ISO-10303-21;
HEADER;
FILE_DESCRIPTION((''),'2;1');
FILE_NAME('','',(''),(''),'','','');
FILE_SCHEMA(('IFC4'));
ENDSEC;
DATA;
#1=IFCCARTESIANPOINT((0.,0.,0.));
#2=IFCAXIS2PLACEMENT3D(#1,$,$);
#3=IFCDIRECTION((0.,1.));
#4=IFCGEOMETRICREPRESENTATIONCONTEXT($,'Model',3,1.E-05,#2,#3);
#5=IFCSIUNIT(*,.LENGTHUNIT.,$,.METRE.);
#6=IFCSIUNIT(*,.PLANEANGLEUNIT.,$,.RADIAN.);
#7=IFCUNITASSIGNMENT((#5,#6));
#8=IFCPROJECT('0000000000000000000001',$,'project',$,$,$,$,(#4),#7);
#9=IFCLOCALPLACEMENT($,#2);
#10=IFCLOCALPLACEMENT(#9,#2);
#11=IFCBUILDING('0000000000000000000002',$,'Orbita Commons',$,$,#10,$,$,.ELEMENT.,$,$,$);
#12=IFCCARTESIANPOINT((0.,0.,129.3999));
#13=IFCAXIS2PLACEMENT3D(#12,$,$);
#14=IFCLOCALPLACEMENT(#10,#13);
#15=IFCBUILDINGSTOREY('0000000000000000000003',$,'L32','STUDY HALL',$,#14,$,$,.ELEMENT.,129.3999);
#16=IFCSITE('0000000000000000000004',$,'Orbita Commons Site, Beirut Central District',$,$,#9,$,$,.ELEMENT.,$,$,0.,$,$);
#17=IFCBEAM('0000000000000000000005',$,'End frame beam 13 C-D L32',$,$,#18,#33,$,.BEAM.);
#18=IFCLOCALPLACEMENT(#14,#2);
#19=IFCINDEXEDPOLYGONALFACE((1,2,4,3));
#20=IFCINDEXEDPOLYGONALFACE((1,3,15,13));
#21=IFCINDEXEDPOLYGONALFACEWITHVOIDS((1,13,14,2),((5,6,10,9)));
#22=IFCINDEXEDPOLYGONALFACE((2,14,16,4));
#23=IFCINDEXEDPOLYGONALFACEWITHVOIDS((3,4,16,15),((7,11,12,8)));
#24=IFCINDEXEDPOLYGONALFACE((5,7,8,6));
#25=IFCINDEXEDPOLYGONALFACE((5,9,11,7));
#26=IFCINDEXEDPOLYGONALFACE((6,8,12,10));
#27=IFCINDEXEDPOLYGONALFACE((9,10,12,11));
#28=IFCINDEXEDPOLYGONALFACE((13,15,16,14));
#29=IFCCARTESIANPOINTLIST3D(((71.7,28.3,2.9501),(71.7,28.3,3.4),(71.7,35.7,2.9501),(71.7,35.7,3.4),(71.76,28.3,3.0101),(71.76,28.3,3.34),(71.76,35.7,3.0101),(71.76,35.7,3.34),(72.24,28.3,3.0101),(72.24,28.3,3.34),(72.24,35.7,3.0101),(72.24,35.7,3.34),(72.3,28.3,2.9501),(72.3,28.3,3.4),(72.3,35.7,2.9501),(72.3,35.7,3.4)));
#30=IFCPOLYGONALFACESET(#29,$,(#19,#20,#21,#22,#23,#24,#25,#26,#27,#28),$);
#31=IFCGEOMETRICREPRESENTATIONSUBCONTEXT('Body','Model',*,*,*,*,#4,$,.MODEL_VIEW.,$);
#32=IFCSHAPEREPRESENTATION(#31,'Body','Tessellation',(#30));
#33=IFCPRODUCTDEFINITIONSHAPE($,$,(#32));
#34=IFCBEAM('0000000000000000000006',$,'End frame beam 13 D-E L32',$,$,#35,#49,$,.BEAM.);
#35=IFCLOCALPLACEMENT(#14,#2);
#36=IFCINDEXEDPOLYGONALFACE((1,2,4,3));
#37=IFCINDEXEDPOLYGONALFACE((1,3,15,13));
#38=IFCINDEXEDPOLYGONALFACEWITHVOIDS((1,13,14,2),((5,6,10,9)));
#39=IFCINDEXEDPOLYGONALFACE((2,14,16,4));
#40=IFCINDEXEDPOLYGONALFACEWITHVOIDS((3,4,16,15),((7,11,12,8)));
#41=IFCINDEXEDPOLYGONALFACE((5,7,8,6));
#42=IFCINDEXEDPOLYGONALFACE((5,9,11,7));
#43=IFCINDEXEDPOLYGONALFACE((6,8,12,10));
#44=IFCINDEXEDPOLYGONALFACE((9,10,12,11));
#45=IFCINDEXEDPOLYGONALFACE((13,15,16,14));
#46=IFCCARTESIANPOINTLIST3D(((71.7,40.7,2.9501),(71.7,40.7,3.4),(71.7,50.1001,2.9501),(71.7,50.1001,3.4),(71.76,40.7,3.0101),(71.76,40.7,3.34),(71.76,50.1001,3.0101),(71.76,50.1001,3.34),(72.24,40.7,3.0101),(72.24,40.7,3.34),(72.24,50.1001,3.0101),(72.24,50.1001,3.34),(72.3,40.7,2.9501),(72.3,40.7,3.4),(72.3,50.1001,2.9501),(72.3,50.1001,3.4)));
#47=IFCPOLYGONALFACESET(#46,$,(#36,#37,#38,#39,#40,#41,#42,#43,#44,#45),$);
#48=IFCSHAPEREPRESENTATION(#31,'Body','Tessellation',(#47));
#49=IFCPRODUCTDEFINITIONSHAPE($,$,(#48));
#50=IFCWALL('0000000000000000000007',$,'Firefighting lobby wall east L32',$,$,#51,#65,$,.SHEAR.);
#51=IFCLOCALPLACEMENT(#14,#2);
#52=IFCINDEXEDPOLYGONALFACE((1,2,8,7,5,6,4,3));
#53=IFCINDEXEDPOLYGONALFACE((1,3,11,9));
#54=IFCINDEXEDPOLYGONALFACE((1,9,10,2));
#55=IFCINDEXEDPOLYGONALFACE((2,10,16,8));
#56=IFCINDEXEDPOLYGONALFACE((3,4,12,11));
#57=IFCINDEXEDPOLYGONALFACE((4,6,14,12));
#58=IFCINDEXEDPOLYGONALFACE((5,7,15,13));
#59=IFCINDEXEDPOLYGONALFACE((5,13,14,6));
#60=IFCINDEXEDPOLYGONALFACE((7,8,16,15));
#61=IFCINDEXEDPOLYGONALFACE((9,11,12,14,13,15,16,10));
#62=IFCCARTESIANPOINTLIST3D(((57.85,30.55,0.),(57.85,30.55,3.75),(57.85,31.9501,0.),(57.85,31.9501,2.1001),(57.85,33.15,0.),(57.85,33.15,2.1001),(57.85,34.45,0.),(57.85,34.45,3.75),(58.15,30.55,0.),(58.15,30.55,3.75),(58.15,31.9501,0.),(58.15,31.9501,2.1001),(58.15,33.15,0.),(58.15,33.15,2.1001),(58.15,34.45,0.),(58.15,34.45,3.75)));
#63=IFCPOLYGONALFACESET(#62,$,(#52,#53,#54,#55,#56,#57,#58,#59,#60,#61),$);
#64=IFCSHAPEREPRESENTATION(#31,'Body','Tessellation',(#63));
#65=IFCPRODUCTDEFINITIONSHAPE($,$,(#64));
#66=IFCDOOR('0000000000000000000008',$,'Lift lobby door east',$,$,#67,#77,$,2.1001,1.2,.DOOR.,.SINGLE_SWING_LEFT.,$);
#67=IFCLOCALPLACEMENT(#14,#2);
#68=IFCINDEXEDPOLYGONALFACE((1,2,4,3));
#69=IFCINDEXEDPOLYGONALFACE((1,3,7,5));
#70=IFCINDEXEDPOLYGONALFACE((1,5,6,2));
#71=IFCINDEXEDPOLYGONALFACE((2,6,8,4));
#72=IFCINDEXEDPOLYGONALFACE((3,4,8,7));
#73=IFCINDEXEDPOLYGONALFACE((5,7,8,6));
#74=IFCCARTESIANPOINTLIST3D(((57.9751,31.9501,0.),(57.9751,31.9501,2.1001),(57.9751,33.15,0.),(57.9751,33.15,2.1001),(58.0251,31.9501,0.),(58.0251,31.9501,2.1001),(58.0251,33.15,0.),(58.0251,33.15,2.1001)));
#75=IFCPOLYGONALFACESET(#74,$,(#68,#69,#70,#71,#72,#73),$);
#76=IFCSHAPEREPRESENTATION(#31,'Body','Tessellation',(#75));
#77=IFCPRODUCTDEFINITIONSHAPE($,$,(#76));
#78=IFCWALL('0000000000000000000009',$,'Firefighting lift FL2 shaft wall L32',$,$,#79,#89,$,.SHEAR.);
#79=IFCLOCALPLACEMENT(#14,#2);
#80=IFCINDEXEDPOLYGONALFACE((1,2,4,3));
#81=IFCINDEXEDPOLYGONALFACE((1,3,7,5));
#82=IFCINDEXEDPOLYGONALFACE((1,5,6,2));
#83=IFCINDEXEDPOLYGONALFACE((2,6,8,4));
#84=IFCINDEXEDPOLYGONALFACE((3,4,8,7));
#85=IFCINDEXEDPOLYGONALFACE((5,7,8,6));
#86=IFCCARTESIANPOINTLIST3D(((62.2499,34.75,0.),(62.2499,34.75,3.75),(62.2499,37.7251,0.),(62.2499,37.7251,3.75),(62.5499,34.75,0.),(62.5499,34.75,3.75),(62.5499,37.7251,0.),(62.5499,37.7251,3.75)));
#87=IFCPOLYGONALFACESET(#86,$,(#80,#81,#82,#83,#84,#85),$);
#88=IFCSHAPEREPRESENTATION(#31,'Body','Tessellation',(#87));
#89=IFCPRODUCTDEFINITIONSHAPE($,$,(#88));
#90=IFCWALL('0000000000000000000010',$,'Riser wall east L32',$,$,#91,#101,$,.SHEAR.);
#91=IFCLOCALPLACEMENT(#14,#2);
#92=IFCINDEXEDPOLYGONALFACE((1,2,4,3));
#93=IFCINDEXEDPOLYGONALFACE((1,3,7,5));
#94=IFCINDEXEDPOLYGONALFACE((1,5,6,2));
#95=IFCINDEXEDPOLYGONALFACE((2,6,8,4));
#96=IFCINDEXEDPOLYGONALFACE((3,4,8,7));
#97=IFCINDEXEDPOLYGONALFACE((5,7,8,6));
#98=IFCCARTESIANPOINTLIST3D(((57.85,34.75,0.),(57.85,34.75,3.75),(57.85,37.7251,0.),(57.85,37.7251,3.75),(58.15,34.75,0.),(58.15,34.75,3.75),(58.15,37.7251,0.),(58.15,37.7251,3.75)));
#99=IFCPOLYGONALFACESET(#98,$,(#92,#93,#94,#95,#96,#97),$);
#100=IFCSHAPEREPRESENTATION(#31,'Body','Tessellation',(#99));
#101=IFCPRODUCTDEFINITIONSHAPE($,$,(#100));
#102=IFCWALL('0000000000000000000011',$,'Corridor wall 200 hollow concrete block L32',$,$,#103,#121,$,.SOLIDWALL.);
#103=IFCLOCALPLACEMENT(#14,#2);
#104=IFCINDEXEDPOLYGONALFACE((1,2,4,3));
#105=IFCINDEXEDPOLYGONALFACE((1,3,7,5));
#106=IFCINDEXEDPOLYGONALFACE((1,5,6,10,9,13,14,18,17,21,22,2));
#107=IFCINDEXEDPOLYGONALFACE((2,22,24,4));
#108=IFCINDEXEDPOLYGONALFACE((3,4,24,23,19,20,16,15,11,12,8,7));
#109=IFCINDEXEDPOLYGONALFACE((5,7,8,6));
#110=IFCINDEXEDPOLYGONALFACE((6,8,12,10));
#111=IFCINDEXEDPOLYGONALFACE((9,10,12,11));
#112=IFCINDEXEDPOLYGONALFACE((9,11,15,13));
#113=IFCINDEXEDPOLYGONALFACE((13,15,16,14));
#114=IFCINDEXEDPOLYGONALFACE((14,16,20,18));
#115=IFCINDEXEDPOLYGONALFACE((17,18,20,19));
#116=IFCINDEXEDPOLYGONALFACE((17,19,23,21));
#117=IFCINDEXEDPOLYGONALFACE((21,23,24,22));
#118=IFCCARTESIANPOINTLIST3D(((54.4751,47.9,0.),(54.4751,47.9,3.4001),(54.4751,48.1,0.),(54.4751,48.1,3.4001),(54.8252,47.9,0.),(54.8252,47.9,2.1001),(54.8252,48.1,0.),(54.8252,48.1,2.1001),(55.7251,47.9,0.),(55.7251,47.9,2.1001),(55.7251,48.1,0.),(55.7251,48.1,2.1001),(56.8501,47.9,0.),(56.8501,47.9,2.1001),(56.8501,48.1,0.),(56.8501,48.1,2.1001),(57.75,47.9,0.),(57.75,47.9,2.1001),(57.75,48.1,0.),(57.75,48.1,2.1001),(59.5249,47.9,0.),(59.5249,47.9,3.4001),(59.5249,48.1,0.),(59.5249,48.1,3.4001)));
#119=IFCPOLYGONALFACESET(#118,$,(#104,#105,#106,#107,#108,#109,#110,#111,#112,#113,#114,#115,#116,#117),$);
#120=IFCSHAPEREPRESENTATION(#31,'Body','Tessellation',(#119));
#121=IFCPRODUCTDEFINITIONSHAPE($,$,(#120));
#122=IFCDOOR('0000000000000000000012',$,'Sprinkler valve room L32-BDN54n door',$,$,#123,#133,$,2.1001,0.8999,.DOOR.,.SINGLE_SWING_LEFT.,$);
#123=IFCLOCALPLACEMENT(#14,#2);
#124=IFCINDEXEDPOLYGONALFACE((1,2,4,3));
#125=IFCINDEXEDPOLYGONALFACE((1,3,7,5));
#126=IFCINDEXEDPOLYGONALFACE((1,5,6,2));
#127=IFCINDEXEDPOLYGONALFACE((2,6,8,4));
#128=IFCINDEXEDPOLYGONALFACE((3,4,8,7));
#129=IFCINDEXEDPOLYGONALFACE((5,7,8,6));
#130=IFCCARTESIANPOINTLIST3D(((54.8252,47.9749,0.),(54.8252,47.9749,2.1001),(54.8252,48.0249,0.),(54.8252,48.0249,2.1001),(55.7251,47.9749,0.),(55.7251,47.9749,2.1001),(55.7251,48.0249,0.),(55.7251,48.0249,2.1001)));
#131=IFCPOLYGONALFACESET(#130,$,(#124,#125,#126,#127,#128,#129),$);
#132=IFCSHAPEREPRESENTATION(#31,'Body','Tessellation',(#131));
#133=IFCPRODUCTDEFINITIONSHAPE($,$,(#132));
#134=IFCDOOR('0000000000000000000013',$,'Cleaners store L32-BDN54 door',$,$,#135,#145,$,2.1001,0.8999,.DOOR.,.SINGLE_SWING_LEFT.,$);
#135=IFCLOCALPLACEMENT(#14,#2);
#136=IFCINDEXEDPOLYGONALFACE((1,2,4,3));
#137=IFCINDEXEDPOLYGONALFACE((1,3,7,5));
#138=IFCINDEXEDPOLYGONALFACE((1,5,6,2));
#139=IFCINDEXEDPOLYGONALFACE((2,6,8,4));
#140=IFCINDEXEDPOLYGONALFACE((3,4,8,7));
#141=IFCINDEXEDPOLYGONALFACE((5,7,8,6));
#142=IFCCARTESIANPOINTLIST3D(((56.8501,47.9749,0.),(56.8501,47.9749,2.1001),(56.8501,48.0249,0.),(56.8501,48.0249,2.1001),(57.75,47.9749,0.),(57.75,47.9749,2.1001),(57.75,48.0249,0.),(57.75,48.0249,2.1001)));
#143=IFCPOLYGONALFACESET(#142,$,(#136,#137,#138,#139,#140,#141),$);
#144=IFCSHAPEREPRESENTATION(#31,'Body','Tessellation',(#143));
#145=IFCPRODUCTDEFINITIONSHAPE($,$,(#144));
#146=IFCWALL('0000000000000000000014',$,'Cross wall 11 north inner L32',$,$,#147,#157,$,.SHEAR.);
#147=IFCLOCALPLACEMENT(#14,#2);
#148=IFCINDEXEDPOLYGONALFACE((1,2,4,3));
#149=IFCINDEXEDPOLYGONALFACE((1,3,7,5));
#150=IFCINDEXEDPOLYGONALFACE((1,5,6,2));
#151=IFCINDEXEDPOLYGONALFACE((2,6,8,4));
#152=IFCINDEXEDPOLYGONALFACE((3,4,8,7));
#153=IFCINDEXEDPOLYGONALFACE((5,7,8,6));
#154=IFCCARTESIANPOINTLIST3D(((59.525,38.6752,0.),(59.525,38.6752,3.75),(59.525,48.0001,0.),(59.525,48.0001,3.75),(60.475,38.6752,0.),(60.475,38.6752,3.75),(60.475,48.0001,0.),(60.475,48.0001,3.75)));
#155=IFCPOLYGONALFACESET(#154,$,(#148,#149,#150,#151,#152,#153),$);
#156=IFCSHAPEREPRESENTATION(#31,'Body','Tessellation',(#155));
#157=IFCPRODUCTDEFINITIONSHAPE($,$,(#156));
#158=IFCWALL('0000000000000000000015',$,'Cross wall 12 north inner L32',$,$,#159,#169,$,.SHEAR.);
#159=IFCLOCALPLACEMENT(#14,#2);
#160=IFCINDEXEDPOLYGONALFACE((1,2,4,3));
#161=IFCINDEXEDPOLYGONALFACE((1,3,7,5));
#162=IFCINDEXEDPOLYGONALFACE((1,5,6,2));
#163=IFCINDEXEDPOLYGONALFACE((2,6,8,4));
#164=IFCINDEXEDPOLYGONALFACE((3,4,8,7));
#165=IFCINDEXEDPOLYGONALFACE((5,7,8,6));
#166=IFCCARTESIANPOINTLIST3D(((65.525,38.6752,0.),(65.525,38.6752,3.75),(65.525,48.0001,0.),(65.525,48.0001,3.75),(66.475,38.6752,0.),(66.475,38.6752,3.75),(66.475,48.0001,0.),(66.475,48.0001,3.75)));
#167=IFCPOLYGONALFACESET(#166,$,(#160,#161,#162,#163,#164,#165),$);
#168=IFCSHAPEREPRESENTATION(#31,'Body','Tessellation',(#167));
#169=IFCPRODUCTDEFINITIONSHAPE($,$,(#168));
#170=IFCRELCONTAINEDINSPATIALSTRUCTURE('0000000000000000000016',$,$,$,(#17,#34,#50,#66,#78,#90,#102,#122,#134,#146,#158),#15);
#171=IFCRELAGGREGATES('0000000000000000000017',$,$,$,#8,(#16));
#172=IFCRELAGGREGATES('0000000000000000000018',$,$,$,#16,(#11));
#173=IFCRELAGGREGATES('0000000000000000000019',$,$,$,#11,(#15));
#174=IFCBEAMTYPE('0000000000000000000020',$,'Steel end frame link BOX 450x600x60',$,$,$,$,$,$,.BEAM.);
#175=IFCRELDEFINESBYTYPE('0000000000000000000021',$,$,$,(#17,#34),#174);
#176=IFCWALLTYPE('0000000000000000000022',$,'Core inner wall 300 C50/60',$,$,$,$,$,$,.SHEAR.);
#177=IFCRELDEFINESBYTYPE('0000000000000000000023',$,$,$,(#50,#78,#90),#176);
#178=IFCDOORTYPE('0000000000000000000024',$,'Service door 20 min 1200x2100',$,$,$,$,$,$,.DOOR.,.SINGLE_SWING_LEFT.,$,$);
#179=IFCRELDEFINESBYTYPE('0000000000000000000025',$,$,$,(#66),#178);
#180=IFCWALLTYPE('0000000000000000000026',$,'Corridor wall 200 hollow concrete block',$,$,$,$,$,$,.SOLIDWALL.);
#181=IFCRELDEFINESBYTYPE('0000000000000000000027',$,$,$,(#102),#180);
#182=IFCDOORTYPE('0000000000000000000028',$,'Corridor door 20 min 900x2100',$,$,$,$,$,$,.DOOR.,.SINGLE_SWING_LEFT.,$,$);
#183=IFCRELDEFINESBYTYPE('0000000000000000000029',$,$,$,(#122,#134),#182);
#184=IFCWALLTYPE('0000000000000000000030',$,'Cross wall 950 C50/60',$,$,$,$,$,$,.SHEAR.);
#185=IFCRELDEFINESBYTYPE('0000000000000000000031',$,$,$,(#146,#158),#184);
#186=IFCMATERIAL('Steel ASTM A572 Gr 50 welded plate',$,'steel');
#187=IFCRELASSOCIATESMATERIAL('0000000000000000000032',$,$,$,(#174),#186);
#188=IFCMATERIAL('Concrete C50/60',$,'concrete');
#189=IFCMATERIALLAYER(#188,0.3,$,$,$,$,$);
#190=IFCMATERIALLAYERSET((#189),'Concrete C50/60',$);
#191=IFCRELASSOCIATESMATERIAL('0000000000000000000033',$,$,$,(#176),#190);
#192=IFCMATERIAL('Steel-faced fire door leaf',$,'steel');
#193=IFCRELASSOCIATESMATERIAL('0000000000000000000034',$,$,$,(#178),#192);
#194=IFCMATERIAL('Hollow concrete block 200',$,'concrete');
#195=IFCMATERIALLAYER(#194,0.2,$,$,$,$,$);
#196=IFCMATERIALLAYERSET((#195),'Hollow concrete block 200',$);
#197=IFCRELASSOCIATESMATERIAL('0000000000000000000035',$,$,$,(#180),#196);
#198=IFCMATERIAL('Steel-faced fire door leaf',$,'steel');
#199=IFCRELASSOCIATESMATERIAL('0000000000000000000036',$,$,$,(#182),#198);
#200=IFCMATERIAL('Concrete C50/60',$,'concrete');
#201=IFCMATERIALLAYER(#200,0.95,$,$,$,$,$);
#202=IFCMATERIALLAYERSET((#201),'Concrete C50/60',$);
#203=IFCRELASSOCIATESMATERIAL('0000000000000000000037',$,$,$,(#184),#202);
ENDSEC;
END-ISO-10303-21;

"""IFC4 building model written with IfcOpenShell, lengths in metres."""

from ifc_helpers import new_model, si_unit, direction, frame, frame_2d, origin, origin_2d, place, context, subcontext, project, spatial, rectangle, hollow_rectangle, extrude, material, layer, layer_set, material_profile, profile_set, type_object, element, fill, save


model = new_model("IFC4")

# Units and contexts
model_context = context("Model", 3, precision=1e-05, world=origin(), true_north=direction((0.0, 1.0)))
body_context = subcontext(model_context, "Body", "Model", "MODEL_VIEW")
ifc_project = project(units=[si_unit("LENGTHUNIT", "METRE"), si_unit("PLANEANGLEUNIT", "RADIAN")], contexts=[model_context])

# Site, building, storey
site_placement = place(None, origin())
site = spatial("IfcSite", under=ifc_project, at=site_placement, Name="Orbita Commons Site, Beirut Central District", CompositionType="ELEMENT", RefElevation=0.0)
building_placement = place(site_placement, origin())
building = spatial("IfcBuilding", under=site, at=building_placement, Name="Orbita Commons", CompositionType="ELEMENT")
storey_placement = place(building_placement, frame((0.0, 0.0, 129.3999)))
storey = spatial("IfcBuildingStorey", under=building, at=storey_placement, Name="L32", Description="STUDY HALL", CompositionType="ELEMENT", Elevation=129.3999)

# Beams
ifc_material_1 = material(Name="Steel ASTM A572 Gr 50 welded plate", Category="steel")
ifc_material_profile = material_profile(ifc_material_1, hollow_rectangle(XDim=0.6001, YDim=0.45, WallThickness=0.0601, at=origin_2d()), Name="BOX 450x600x60")
ifc_profile_set = profile_set([ifc_material_profile], Name="Steel ASTM A572 Gr 50 welded plate")
beam_type = type_object("IfcBeamType", Name="Steel end frame link BOX 450x600x60", PredefinedType="BEAM", material=ifc_profile_set)
beam_1_placement = place(storey_placement, frame((72.0, 28.3, 3.175), z_axis=(0.0, 1.0, 0.0), x_axis=(-1.0, 0.0, 0.0)))
element("IfcBeam", 1, at=beam_1_placement, inside=storey, type_object=beam_type, Name="End frame beam 13 C-D L32", PredefinedType="BEAM", context=body_context, shape_type="SweptSolid", body=[
    extrude(hollow_rectangle(XDim=0.6001, YDim=0.45, WallThickness=0.0601, at=origin_2d()), origin(), (0.0, 0.0, 1.0), 7.3999),
])
beam_2_placement = place(storey_placement, frame((72.0, 40.7, 3.175), z_axis=(0.0, 1.0, 0.0), x_axis=(-1.0, 0.0, 0.0)))
element("IfcBeam", 2, at=beam_2_placement, inside=storey, type_object=beam_type, Name="End frame beam 13 D-E L32", PredefinedType="BEAM", context=body_context, shape_type="SweptSolid", body=[
    extrude(hollow_rectangle(XDim=0.6001, YDim=0.45, WallThickness=0.0601, at=origin_2d()), origin(), (0.0, 0.0, 1.0), 9.4001),
])

# Wall, opening, door
ifc_material_2 = material(Name="Concrete C50/60", Category="concrete")
ifc_layer_1 = layer(ifc_material_2, 0.3)
ifc_layer_set_1 = layer_set([ifc_layer_1], Name="Concrete C50/60")
wall_type_1 = type_object("IfcWallType", Name="Core inner wall 300 C50/60", PredefinedType="SHEAR", material=ifc_layer_set_1)
wall_1_placement = place(storey_placement, frame((58.0, 30.55, 0.0), z_axis=(0.0, 0.0, 1.0), x_axis=(0.0, 1.0, 0.0)))
wall_1 = element("IfcWall", 3, at=wall_1_placement, inside=storey, type_object=wall_type_1, Name="Firefighting lobby wall east L32", PredefinedType="SHEAR", context=body_context, shape_type="SweptSolid", body=[
    extrude(rectangle(XDim=3.8999, YDim=0.3, at=frame_2d((1.95, 0.0))), origin(), (0.0, 0.0, 1.0), 3.75),
])
opening_1_placement = place(wall_1_placement, frame((1.3999, 0.0, 0.0)))
opening_1 = element("IfcOpeningElement", 4, at=opening_1_placement, cuts=wall_1, PredefinedType="OPENING", context=body_context, shape_type="SweptSolid", body=[
    extrude(rectangle(XDim=1.2, YDim=2.1001, at=frame_2d((0.6001, 1.05))), frame((0.0, 0.1599, 0.0), z_axis=(0.0, -1.0, 0.0), x_axis=(1.0, 0.0, 0.0)), (0.0, 0.0, 1.0), 0.3201),
])
ifc_material_3 = material(Name="Steel-faced fire door leaf", Category="steel")
door_type_1 = type_object("IfcDoorType", Name="Service door 20 min 1200x2100", OperationType="SINGLE_SWING_LEFT", PredefinedType="DOOR", material=ifc_material_3)
door_1_placement = place(opening_1_placement, origin())
door_1 = element("IfcDoor", 5, at=door_1_placement, inside=storey, type_object=door_type_1, Name="Lift lobby door east", OperationType="SINGLE_SWING_LEFT", OverallHeight=2.1001, OverallWidth=1.2, PredefinedType="DOOR", context=body_context, shape_type="SweptSolid", body=[
    extrude(rectangle(XDim=1.2, YDim=2.1001, at=frame_2d((0.6001, 1.05))), frame((0.0, 0.0249, 0.0), z_axis=(0.0, -1.0, 0.0), x_axis=(1.0, 0.0, 0.0)), (0.0, 0.0, 1.0), 0.05),
])
fill(opening_1, door_1)

# Walls
for number, where, z_axis, x_axis, name in (
    (6, (62.3999, 34.75, 0.0), (0.0, 0.0, 1.0), (0.0, 1.0, 0.0), "Firefighting lift FL2 shaft wall L32"),
    (7, (58.0, 34.75, 0.0), (0.0, 0.0, 1.0), (0.0, 1.0, 0.0), "Riser wall east L32"),
):
    element("IfcWall", number, at=place(storey_placement, frame(where, z_axis=z_axis, x_axis=x_axis)), inside=storey, type_object=wall_type_1, Name=name, PredefinedType="SHEAR", context=body_context, shape_type="SweptSolid", body=[
        extrude(rectangle(XDim=2.9751, YDim=0.3, at=frame_2d((1.4875, 0.0))), origin(), (0.0, 0.0, 1.0), 3.75),
    ])

# Wall, openings, doors
ifc_material_4 = material(Name="Hollow concrete block 200", Category="concrete")
ifc_layer_2 = layer(ifc_material_4, 0.2)
ifc_layer_set_2 = layer_set([ifc_layer_2], Name="Hollow concrete block 200")
wall_type_2 = type_object("IfcWallType", Name="Corridor wall 200 hollow concrete block", PredefinedType="SOLIDWALL", material=ifc_layer_set_2)
wall_2_placement = place(storey_placement, frame((54.4751, 48.0, 0.0), z_axis=(0.0, 0.0, 1.0), x_axis=(1.0, 0.0, 0.0)))
wall_2 = element("IfcWall", 8, at=wall_2_placement, inside=storey, type_object=wall_type_2, Name="Corridor wall 200 hollow concrete block L32", PredefinedType="SOLIDWALL", context=body_context, shape_type="SweptSolid", body=[
    extrude(rectangle(XDim=5.0498, YDim=0.2, at=frame_2d((2.5249, 0.0))), origin(), (0.0, 0.0, 1.0), 3.4001),
])
opening_2_placement = place(wall_2_placement, frame((0.3501, 0.0, 0.0)))
opening_2 = element("IfcOpeningElement", 9, at=opening_2_placement, cuts=wall_2, PredefinedType="OPENING", context=body_context, shape_type="SweptSolid", body=[
    extrude(rectangle(XDim=0.8999, YDim=2.1001, at=frame_2d((0.45, 1.05))), frame((0.0, 0.1099, 0.0), z_axis=(0.0, -1.0, 0.0), x_axis=(1.0, 0.0, 0.0)), (0.0, 0.0, 1.0), 0.22),
])
opening_3_placement = place(wall_2_placement, frame((2.375, 0.0, 0.0)))
opening_3 = element("IfcOpeningElement", 10, at=opening_3_placement, cuts=wall_2, PredefinedType="OPENING", context=body_context, shape_type="SweptSolid", body=[
    extrude(rectangle(XDim=0.8999, YDim=2.1001, at=frame_2d((0.45, 1.05))), frame((0.0, 0.1099, 0.0), z_axis=(0.0, -1.0, 0.0), x_axis=(1.0, 0.0, 0.0)), (0.0, 0.0, 1.0), 0.22),
])
ifc_material_5 = material(Name="Steel-faced fire door leaf", Category="steel")
door_type_2 = type_object("IfcDoorType", Name="Corridor door 20 min 900x2100", OperationType="SINGLE_SWING_LEFT", PredefinedType="DOOR", material=ifc_material_5)
door_2_placement = place(opening_2_placement, origin())
door_2 = element("IfcDoor", 11, at=door_2_placement, inside=storey, type_object=door_type_2, Name="Sprinkler valve room L32-BDN54n door", OperationType="SINGLE_SWING_LEFT", OverallHeight=2.1001, OverallWidth=0.8999, PredefinedType="DOOR", context=body_context, shape_type="SweptSolid", body=[
    extrude(rectangle(XDim=0.8999, YDim=2.1001, at=frame_2d((0.45, 1.05))), frame((0.0, 0.0249, 0.0), z_axis=(0.0, -1.0, 0.0), x_axis=(1.0, 0.0, 0.0)), (0.0, 0.0, 1.0), 0.05),
])
fill(opening_2, door_2)
door_3_placement = place(opening_3_placement, origin())
door_3 = element("IfcDoor", 12, at=door_3_placement, inside=storey, type_object=door_type_2, Name="Cleaners store L32-BDN54 door", OperationType="SINGLE_SWING_LEFT", OverallHeight=2.1001, OverallWidth=0.8999, PredefinedType="DOOR", context=body_context, shape_type="SweptSolid", body=[
    extrude(rectangle(XDim=0.8999, YDim=2.1001, at=frame_2d((0.45, 1.05))), frame((0.0, 0.0249, 0.0), z_axis=(0.0, -1.0, 0.0), x_axis=(1.0, 0.0, 0.0)), (0.0, 0.0, 1.0), 0.05),
])
fill(opening_3, door_3)

# Walls
ifc_material_6 = material(Name="Concrete C50/60", Category="concrete")
ifc_layer_3 = layer(ifc_material_6, 0.95)
ifc_layer_set_3 = layer_set([ifc_layer_3], Name="Concrete C50/60")
wall_type_3 = type_object("IfcWallType", Name="Cross wall 950 C50/60", PredefinedType="SHEAR", material=ifc_layer_set_3)
for number, where, z_axis, x_axis, name in (
    (13, (60.0, 38.675, 0.0), (0.0, 0.0, 1.0), (0.0, 1.0, 0.0), "Cross wall 11 north inner L32"),
    (14, (66.0, 38.675, 0.0), (0.0, 0.0, 1.0), (0.0, 1.0, 0.0), "Cross wall 12 north inner L32"),
):
    element("IfcWall", number, at=place(storey_placement, frame(where, z_axis=z_axis, x_axis=x_axis)), inside=storey, type_object=wall_type_3, Name=name, PredefinedType="SHEAR", context=body_context, shape_type="SweptSolid", body=[
        extrude(rectangle(XDim=9.325, YDim=0.95, at=frame_2d((4.6626, 0.0))), origin(), (0.0, 0.0, 1.0), 3.75),
    ])

save(model, "model.ifc")
